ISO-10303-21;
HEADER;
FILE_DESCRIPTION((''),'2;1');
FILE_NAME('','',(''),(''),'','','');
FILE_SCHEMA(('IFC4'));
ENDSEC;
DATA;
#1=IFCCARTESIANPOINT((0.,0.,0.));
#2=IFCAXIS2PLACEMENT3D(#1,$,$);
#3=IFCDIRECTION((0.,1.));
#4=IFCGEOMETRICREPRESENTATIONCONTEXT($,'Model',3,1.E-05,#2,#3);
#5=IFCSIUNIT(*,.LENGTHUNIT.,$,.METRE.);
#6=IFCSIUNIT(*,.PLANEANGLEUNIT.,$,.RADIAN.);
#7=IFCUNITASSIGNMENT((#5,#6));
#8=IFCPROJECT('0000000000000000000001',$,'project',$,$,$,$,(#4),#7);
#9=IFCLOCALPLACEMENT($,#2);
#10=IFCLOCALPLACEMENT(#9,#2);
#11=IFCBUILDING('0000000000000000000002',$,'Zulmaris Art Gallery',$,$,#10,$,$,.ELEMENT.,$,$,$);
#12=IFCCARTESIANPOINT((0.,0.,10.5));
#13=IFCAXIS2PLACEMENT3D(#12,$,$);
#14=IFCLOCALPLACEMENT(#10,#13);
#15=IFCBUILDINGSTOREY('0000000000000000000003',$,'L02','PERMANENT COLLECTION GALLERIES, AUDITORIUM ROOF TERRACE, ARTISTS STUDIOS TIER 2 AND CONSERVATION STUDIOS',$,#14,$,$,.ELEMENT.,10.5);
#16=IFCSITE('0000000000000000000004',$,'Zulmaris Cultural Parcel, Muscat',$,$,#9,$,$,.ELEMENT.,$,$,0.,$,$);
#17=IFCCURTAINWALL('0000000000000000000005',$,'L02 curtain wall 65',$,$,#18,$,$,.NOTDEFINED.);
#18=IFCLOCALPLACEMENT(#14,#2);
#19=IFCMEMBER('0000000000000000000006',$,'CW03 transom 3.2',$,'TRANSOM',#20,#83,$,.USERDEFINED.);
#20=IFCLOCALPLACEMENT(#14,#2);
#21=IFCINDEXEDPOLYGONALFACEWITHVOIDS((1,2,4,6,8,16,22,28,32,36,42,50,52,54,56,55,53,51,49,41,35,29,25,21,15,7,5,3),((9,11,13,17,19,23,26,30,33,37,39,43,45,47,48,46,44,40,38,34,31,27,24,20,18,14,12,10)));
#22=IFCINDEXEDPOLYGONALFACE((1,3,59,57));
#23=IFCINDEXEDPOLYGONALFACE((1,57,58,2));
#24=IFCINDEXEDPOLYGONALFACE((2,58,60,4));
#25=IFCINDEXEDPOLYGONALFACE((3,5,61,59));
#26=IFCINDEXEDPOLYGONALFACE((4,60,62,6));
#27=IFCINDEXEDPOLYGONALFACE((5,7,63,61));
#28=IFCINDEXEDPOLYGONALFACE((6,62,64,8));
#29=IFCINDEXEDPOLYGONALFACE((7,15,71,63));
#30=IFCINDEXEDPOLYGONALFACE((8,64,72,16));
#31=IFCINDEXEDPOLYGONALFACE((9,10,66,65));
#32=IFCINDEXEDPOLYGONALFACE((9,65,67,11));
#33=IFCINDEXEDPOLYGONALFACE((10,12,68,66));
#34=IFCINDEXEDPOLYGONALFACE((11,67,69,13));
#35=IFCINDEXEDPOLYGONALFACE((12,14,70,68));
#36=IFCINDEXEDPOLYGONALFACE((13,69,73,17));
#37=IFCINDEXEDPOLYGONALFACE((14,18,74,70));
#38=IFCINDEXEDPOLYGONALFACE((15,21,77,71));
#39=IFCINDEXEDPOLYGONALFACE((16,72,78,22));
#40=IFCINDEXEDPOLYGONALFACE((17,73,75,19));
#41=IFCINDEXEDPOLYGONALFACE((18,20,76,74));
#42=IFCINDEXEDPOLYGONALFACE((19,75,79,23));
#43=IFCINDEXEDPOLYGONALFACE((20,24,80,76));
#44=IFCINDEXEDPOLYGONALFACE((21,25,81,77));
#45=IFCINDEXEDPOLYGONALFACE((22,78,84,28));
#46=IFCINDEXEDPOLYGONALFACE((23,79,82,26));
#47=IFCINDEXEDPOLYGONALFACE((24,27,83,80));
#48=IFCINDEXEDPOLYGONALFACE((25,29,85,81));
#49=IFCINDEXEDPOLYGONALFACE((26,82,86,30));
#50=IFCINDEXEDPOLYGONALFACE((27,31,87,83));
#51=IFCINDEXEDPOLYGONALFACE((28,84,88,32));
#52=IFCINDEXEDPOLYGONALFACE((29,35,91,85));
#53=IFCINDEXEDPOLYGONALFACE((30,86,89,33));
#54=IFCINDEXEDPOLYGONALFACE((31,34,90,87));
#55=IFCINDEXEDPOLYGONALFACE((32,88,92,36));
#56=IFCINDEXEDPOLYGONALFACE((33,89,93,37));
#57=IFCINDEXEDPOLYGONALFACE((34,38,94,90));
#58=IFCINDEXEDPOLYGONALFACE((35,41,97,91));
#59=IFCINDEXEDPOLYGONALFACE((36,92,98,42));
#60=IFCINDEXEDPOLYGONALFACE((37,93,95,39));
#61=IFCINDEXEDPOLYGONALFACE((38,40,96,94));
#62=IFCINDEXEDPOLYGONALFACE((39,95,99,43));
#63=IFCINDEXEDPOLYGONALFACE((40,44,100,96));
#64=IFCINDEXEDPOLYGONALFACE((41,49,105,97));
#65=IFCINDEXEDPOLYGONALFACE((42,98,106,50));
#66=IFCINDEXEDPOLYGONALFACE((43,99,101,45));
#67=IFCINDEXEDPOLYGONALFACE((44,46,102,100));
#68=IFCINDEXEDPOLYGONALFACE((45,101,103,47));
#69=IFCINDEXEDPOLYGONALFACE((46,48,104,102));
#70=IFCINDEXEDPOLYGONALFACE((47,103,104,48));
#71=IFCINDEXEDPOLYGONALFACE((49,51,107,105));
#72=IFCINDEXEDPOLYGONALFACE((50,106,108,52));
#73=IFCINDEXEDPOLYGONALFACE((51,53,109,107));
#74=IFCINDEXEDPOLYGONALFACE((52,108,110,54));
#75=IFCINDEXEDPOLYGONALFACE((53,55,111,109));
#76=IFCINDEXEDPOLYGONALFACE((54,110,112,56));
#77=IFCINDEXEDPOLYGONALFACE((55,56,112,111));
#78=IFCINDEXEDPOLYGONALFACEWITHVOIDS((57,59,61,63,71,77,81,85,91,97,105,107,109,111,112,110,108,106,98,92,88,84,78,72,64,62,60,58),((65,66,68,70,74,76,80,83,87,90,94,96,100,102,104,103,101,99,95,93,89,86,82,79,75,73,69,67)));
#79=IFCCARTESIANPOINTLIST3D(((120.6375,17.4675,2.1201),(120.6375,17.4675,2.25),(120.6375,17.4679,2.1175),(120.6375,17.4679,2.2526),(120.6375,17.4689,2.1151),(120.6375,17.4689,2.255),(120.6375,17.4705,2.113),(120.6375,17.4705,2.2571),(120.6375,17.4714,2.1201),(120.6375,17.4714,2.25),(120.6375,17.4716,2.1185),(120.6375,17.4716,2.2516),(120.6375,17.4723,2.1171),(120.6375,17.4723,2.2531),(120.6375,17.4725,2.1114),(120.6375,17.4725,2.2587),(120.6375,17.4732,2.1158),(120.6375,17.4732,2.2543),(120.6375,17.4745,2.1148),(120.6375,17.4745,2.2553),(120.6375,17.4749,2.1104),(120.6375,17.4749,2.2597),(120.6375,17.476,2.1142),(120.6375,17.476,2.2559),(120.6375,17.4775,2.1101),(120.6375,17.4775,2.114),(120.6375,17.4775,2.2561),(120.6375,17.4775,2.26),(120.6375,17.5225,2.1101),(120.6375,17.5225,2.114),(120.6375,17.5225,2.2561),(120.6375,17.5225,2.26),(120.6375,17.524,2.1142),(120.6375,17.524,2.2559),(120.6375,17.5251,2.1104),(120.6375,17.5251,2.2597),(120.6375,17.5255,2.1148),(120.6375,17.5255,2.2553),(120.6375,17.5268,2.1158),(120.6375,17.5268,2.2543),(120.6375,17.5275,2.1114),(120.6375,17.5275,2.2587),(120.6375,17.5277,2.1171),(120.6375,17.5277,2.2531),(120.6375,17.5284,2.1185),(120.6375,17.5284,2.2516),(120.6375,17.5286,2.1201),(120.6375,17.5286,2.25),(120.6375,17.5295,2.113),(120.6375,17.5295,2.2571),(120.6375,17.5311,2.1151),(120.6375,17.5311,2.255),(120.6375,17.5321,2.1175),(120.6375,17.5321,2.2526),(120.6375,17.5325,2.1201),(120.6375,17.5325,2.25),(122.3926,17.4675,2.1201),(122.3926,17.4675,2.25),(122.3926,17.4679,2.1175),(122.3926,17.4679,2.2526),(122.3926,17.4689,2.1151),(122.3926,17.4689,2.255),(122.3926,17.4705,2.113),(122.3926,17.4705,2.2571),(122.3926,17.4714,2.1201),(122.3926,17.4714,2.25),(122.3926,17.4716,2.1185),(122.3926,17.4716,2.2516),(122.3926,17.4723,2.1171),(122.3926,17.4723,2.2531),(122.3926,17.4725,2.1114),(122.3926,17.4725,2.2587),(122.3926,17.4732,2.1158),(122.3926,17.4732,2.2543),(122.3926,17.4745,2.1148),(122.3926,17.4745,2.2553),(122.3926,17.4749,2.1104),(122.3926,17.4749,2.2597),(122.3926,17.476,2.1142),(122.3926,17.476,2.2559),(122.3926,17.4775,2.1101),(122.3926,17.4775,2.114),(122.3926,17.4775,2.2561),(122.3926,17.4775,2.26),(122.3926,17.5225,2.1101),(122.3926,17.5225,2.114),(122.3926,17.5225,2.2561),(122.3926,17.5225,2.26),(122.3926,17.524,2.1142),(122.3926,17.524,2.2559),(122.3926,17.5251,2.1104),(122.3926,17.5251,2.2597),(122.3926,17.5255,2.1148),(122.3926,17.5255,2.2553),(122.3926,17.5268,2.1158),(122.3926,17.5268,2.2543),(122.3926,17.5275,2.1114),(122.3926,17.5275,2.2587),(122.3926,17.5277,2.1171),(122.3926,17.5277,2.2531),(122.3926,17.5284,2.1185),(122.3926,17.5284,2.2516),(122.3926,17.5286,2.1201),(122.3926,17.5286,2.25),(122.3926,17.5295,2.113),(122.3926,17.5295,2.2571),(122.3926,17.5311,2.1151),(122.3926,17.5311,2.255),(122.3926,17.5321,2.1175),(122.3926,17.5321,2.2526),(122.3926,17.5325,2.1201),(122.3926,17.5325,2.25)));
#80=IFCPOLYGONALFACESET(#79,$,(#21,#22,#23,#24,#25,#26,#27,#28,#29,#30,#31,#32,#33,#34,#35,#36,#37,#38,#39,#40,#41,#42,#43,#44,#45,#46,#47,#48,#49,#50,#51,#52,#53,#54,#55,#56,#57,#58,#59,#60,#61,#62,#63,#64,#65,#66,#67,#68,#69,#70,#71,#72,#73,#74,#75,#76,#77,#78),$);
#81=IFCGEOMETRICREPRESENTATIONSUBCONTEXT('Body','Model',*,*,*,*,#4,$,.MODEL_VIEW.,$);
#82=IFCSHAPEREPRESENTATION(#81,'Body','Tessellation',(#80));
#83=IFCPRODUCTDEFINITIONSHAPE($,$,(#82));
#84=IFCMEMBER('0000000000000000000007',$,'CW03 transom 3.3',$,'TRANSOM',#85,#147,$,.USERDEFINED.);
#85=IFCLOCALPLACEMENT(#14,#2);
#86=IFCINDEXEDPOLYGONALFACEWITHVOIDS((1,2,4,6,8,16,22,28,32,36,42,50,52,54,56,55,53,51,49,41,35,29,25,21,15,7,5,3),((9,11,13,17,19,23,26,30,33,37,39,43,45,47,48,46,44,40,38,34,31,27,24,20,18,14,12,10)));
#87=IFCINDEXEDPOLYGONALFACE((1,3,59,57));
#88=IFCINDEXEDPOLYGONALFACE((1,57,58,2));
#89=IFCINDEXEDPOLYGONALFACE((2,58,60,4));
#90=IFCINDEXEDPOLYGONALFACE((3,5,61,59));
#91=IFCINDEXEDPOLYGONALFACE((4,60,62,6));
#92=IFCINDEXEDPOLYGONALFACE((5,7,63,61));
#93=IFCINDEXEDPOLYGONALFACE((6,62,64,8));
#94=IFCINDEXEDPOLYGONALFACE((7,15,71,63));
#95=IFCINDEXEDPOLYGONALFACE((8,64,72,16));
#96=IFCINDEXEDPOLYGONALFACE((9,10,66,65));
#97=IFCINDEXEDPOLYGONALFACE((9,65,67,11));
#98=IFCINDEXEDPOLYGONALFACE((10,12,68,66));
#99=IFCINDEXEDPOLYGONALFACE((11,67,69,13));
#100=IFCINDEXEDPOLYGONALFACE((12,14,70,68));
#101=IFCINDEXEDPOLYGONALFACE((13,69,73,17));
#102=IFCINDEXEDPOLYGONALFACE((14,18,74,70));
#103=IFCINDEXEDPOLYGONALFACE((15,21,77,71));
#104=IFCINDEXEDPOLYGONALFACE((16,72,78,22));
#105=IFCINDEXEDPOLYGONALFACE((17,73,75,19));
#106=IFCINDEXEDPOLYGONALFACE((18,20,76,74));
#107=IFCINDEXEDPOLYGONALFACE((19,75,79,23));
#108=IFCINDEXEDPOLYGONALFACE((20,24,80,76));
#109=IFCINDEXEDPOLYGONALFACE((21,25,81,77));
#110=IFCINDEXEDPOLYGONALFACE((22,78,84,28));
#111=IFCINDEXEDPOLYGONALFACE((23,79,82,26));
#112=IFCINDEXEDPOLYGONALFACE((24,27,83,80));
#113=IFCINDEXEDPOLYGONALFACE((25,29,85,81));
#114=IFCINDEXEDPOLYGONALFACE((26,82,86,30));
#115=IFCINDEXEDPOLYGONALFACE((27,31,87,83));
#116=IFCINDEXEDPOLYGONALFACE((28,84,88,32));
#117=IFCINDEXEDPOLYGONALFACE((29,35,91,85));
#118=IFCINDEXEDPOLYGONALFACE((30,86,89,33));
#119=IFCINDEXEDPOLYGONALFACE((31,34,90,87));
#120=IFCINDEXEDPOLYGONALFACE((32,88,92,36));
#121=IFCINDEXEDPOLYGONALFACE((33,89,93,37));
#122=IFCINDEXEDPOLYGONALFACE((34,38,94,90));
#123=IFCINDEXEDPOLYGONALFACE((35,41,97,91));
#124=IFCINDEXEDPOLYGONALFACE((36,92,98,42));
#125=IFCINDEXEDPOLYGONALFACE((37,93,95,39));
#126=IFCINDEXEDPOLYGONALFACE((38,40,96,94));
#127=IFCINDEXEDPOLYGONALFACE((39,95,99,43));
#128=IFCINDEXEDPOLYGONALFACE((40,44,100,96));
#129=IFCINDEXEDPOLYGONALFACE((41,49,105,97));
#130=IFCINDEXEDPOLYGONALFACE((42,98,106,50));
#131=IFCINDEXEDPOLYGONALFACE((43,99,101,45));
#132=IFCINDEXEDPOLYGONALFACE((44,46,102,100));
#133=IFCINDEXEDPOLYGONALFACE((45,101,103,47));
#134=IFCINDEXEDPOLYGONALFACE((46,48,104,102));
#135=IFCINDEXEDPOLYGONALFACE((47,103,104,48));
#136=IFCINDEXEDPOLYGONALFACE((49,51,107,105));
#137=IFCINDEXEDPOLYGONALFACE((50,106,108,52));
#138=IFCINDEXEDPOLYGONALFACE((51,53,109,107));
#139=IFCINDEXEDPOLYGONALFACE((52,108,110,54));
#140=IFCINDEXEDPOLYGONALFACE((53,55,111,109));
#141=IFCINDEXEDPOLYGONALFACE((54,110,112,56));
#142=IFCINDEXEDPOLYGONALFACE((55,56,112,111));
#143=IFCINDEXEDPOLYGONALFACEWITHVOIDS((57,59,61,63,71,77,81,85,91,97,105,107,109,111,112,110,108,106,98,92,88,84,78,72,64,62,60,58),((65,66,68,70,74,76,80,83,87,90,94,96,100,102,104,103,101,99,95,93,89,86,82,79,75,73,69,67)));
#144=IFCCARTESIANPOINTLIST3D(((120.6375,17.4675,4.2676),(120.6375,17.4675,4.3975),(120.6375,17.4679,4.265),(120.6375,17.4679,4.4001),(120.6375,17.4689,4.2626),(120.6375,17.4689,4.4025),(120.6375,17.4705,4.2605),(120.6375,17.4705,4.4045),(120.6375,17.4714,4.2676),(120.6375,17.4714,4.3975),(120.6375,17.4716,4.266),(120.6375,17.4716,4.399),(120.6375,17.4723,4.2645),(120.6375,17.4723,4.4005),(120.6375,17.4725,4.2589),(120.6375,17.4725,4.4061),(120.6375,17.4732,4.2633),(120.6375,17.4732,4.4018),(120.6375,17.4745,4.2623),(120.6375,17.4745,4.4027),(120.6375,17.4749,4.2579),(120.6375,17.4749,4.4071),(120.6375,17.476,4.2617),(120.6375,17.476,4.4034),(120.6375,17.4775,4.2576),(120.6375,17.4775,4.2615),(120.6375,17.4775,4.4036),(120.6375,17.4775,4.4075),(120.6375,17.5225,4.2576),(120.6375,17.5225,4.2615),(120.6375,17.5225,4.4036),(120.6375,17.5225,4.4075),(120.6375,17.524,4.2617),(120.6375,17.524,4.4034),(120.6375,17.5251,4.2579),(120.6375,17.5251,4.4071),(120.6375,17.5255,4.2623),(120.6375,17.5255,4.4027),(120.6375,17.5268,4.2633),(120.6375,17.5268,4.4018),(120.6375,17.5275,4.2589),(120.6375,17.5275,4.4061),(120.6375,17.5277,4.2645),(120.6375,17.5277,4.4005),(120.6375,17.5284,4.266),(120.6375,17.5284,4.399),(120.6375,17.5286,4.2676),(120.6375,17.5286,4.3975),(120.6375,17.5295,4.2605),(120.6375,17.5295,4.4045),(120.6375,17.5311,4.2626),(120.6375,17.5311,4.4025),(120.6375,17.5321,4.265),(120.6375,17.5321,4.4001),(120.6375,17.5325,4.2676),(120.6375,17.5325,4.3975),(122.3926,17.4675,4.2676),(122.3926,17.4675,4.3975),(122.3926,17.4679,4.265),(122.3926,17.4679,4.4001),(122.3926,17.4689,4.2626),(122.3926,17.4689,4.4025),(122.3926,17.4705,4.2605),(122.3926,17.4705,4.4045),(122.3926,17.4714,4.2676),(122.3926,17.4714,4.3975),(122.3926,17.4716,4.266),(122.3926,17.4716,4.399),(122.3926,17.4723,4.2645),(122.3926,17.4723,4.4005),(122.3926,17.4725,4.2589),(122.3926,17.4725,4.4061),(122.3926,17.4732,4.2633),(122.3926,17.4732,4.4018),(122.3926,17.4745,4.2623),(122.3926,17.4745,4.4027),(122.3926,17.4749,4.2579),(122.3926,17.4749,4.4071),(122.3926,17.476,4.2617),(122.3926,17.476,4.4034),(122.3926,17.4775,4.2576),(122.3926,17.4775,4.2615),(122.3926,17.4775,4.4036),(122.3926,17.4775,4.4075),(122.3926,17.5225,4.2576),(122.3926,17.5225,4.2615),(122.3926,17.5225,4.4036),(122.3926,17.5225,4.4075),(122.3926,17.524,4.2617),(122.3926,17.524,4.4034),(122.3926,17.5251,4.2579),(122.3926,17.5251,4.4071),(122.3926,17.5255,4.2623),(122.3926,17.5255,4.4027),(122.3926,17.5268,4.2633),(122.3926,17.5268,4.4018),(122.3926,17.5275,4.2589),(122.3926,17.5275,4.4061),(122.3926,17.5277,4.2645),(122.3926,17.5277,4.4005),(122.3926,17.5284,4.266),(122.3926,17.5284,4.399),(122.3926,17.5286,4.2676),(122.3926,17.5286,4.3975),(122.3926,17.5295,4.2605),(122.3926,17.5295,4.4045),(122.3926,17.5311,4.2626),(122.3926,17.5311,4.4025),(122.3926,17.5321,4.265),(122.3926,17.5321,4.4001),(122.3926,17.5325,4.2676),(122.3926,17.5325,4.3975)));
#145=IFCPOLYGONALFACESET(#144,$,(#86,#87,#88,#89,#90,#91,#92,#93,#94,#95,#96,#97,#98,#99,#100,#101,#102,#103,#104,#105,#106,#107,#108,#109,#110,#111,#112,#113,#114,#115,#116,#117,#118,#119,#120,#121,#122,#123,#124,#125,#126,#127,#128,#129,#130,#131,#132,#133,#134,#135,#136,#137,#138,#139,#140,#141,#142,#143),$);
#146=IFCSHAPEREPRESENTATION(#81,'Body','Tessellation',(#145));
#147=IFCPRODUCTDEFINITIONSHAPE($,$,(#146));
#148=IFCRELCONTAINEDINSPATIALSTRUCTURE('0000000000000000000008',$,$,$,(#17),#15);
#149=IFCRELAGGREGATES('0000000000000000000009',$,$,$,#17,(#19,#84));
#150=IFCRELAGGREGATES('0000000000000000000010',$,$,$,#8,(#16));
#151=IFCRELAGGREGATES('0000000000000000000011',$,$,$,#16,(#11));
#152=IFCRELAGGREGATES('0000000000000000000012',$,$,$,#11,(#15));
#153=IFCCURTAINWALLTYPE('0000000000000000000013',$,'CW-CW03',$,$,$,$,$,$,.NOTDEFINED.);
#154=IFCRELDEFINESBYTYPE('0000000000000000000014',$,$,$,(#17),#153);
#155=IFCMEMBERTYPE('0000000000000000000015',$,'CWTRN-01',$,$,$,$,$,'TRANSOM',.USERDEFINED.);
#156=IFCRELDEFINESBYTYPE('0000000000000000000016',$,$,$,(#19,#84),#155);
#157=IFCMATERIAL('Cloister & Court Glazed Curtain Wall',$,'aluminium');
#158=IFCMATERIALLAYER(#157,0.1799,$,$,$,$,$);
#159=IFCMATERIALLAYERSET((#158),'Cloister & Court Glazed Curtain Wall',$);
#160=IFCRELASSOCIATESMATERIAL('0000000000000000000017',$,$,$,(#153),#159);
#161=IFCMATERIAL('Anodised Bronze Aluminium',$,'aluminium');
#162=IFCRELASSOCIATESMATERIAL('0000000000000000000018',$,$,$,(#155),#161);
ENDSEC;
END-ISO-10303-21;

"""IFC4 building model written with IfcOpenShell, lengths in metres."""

from ifc_helpers import new_model, si_unit, direction, frame, origin, origin_2d, place, context, subcontext, project, spatial, hollow_rectangle, extrude, material, layer, layer_set, material_profile, profile_set, type_object, element, aggregate, save


model = new_model("IFC4")

# Units and contexts
model_context = context("Model", 3, precision=1e-05, world=origin(), true_north=direction((0.0, 1.0)))
body_context = subcontext(model_context, "Body", "Model", "MODEL_VIEW")
ifc_project = project(units=[si_unit("LENGTHUNIT", "METRE"), si_unit("PLANEANGLEUNIT", "RADIAN")], contexts=[model_context])

# Site, building, storey
site_placement = place(None, origin())
site = spatial("IfcSite", under=ifc_project, at=site_placement, Name="Zulmaris Cultural Parcel, Muscat", CompositionType="ELEMENT", RefElevation=0.0)
building_placement = place(site_placement, origin())
building = spatial("IfcBuilding", under=site, at=building_placement, Name="Zulmaris Art Gallery", CompositionType="ELEMENT")
storey_placement = place(building_placement, frame((0.0, 0.0, 10.5)))
storey = spatial("IfcBuildingStorey", under=building, at=storey_placement, Name="L02", Description="PERMANENT COLLECTION GALLERIES, AUDITORIUM ROOF TERRACE, ARTISTS STUDIOS TIER 2 AND CONSERVATION STUDIOS", CompositionType="ELEMENT", Elevation=10.5)

# Curtain wall
ifc_material_1 = material(Name="Cloister & Court Glazed Curtain Wall", Category="aluminium")
ifc_layer_1 = layer(ifc_material_1, 0.1799)
ifc_layer_set_1 = layer_set([ifc_layer_1], Name="Cloister & Court Glazed Curtain Wall")
curtain_wall_type = type_object("IfcCurtainWallType", Name="CW-CW03", PredefinedType="NOTDEFINED", material=ifc_layer_set_1)
curtain_wall_1_placement = place(storey_placement, origin())
curtain_wall_1 = element("IfcCurtainWall", 1, at=curtain_wall_1_placement, inside=storey, type_object=curtain_wall_type, Name="L02 curtain wall 65", PredefinedType="NOTDEFINED")
ifc_material_2 = material(Name="Anodised Bronze Aluminium", Category="aluminium")

# Members
ifc_material_profile_1 = material_profile(ifc_material_2, hollow_rectangle(XDim=0.0649, YDim=0.1499, WallThickness=0.0039, InnerFilletRadius=0.0061, OuterFilletRadius=0.01, at=origin_2d()), Name="ALU 65x150x4")
ifc_profile_set_1 = profile_set([ifc_material_profile_1], Name="Anodised Bronze Aluminium")
member_type_1 = type_object("IfcMemberType", Name="CWTRN-01", ElementType="TRANSOM", PredefinedType="USERDEFINED", material=ifc_profile_set_1)
member_1_placement = place(storey_placement, frame((120.6375, 17.5, 2.1851), z_axis=(1.0, 0.0, 0.0), x_axis=(0.0, 1.0, 0.0)))
member_1 = element("IfcMember", 2, at=member_1_placement, type_object=member_type_1, Name="CW03 transom 3.2", ObjectType="TRANSOM", PredefinedType="USERDEFINED", context=body_context, shape_type="SweptSolid", body=[
    extrude(hollow_rectangle(XDim=0.0649, YDim=0.1499, WallThickness=0.0039, InnerFilletRadius=0.0061, OuterFilletRadius=0.01, at=origin_2d()), origin(), (0.0, 0.0, 1.0), 1.7551),
])
member_2_placement = place(storey_placement, frame((120.6375, 17.5, 4.3325), z_axis=(1.0, 0.0, 0.0), x_axis=(0.0, 1.0, 0.0)))
member_2 = element("IfcMember", 3, at=member_2_placement, type_object=member_type_1, Name="CW03 transom 3.3", ObjectType="TRANSOM", PredefinedType="USERDEFINED", context=body_context, shape_type="SweptSolid", body=[
    extrude(hollow_rectangle(XDim=0.0649, YDim=0.1499, WallThickness=0.0039, InnerFilletRadius=0.0061, OuterFilletRadius=0.01, at=origin_2d()), origin(), (0.0, 0.0, 1.0), 1.7551),
])

aggregate(curtain_wall_1, [member_1, member_2])

save(model, "model.ifc")
